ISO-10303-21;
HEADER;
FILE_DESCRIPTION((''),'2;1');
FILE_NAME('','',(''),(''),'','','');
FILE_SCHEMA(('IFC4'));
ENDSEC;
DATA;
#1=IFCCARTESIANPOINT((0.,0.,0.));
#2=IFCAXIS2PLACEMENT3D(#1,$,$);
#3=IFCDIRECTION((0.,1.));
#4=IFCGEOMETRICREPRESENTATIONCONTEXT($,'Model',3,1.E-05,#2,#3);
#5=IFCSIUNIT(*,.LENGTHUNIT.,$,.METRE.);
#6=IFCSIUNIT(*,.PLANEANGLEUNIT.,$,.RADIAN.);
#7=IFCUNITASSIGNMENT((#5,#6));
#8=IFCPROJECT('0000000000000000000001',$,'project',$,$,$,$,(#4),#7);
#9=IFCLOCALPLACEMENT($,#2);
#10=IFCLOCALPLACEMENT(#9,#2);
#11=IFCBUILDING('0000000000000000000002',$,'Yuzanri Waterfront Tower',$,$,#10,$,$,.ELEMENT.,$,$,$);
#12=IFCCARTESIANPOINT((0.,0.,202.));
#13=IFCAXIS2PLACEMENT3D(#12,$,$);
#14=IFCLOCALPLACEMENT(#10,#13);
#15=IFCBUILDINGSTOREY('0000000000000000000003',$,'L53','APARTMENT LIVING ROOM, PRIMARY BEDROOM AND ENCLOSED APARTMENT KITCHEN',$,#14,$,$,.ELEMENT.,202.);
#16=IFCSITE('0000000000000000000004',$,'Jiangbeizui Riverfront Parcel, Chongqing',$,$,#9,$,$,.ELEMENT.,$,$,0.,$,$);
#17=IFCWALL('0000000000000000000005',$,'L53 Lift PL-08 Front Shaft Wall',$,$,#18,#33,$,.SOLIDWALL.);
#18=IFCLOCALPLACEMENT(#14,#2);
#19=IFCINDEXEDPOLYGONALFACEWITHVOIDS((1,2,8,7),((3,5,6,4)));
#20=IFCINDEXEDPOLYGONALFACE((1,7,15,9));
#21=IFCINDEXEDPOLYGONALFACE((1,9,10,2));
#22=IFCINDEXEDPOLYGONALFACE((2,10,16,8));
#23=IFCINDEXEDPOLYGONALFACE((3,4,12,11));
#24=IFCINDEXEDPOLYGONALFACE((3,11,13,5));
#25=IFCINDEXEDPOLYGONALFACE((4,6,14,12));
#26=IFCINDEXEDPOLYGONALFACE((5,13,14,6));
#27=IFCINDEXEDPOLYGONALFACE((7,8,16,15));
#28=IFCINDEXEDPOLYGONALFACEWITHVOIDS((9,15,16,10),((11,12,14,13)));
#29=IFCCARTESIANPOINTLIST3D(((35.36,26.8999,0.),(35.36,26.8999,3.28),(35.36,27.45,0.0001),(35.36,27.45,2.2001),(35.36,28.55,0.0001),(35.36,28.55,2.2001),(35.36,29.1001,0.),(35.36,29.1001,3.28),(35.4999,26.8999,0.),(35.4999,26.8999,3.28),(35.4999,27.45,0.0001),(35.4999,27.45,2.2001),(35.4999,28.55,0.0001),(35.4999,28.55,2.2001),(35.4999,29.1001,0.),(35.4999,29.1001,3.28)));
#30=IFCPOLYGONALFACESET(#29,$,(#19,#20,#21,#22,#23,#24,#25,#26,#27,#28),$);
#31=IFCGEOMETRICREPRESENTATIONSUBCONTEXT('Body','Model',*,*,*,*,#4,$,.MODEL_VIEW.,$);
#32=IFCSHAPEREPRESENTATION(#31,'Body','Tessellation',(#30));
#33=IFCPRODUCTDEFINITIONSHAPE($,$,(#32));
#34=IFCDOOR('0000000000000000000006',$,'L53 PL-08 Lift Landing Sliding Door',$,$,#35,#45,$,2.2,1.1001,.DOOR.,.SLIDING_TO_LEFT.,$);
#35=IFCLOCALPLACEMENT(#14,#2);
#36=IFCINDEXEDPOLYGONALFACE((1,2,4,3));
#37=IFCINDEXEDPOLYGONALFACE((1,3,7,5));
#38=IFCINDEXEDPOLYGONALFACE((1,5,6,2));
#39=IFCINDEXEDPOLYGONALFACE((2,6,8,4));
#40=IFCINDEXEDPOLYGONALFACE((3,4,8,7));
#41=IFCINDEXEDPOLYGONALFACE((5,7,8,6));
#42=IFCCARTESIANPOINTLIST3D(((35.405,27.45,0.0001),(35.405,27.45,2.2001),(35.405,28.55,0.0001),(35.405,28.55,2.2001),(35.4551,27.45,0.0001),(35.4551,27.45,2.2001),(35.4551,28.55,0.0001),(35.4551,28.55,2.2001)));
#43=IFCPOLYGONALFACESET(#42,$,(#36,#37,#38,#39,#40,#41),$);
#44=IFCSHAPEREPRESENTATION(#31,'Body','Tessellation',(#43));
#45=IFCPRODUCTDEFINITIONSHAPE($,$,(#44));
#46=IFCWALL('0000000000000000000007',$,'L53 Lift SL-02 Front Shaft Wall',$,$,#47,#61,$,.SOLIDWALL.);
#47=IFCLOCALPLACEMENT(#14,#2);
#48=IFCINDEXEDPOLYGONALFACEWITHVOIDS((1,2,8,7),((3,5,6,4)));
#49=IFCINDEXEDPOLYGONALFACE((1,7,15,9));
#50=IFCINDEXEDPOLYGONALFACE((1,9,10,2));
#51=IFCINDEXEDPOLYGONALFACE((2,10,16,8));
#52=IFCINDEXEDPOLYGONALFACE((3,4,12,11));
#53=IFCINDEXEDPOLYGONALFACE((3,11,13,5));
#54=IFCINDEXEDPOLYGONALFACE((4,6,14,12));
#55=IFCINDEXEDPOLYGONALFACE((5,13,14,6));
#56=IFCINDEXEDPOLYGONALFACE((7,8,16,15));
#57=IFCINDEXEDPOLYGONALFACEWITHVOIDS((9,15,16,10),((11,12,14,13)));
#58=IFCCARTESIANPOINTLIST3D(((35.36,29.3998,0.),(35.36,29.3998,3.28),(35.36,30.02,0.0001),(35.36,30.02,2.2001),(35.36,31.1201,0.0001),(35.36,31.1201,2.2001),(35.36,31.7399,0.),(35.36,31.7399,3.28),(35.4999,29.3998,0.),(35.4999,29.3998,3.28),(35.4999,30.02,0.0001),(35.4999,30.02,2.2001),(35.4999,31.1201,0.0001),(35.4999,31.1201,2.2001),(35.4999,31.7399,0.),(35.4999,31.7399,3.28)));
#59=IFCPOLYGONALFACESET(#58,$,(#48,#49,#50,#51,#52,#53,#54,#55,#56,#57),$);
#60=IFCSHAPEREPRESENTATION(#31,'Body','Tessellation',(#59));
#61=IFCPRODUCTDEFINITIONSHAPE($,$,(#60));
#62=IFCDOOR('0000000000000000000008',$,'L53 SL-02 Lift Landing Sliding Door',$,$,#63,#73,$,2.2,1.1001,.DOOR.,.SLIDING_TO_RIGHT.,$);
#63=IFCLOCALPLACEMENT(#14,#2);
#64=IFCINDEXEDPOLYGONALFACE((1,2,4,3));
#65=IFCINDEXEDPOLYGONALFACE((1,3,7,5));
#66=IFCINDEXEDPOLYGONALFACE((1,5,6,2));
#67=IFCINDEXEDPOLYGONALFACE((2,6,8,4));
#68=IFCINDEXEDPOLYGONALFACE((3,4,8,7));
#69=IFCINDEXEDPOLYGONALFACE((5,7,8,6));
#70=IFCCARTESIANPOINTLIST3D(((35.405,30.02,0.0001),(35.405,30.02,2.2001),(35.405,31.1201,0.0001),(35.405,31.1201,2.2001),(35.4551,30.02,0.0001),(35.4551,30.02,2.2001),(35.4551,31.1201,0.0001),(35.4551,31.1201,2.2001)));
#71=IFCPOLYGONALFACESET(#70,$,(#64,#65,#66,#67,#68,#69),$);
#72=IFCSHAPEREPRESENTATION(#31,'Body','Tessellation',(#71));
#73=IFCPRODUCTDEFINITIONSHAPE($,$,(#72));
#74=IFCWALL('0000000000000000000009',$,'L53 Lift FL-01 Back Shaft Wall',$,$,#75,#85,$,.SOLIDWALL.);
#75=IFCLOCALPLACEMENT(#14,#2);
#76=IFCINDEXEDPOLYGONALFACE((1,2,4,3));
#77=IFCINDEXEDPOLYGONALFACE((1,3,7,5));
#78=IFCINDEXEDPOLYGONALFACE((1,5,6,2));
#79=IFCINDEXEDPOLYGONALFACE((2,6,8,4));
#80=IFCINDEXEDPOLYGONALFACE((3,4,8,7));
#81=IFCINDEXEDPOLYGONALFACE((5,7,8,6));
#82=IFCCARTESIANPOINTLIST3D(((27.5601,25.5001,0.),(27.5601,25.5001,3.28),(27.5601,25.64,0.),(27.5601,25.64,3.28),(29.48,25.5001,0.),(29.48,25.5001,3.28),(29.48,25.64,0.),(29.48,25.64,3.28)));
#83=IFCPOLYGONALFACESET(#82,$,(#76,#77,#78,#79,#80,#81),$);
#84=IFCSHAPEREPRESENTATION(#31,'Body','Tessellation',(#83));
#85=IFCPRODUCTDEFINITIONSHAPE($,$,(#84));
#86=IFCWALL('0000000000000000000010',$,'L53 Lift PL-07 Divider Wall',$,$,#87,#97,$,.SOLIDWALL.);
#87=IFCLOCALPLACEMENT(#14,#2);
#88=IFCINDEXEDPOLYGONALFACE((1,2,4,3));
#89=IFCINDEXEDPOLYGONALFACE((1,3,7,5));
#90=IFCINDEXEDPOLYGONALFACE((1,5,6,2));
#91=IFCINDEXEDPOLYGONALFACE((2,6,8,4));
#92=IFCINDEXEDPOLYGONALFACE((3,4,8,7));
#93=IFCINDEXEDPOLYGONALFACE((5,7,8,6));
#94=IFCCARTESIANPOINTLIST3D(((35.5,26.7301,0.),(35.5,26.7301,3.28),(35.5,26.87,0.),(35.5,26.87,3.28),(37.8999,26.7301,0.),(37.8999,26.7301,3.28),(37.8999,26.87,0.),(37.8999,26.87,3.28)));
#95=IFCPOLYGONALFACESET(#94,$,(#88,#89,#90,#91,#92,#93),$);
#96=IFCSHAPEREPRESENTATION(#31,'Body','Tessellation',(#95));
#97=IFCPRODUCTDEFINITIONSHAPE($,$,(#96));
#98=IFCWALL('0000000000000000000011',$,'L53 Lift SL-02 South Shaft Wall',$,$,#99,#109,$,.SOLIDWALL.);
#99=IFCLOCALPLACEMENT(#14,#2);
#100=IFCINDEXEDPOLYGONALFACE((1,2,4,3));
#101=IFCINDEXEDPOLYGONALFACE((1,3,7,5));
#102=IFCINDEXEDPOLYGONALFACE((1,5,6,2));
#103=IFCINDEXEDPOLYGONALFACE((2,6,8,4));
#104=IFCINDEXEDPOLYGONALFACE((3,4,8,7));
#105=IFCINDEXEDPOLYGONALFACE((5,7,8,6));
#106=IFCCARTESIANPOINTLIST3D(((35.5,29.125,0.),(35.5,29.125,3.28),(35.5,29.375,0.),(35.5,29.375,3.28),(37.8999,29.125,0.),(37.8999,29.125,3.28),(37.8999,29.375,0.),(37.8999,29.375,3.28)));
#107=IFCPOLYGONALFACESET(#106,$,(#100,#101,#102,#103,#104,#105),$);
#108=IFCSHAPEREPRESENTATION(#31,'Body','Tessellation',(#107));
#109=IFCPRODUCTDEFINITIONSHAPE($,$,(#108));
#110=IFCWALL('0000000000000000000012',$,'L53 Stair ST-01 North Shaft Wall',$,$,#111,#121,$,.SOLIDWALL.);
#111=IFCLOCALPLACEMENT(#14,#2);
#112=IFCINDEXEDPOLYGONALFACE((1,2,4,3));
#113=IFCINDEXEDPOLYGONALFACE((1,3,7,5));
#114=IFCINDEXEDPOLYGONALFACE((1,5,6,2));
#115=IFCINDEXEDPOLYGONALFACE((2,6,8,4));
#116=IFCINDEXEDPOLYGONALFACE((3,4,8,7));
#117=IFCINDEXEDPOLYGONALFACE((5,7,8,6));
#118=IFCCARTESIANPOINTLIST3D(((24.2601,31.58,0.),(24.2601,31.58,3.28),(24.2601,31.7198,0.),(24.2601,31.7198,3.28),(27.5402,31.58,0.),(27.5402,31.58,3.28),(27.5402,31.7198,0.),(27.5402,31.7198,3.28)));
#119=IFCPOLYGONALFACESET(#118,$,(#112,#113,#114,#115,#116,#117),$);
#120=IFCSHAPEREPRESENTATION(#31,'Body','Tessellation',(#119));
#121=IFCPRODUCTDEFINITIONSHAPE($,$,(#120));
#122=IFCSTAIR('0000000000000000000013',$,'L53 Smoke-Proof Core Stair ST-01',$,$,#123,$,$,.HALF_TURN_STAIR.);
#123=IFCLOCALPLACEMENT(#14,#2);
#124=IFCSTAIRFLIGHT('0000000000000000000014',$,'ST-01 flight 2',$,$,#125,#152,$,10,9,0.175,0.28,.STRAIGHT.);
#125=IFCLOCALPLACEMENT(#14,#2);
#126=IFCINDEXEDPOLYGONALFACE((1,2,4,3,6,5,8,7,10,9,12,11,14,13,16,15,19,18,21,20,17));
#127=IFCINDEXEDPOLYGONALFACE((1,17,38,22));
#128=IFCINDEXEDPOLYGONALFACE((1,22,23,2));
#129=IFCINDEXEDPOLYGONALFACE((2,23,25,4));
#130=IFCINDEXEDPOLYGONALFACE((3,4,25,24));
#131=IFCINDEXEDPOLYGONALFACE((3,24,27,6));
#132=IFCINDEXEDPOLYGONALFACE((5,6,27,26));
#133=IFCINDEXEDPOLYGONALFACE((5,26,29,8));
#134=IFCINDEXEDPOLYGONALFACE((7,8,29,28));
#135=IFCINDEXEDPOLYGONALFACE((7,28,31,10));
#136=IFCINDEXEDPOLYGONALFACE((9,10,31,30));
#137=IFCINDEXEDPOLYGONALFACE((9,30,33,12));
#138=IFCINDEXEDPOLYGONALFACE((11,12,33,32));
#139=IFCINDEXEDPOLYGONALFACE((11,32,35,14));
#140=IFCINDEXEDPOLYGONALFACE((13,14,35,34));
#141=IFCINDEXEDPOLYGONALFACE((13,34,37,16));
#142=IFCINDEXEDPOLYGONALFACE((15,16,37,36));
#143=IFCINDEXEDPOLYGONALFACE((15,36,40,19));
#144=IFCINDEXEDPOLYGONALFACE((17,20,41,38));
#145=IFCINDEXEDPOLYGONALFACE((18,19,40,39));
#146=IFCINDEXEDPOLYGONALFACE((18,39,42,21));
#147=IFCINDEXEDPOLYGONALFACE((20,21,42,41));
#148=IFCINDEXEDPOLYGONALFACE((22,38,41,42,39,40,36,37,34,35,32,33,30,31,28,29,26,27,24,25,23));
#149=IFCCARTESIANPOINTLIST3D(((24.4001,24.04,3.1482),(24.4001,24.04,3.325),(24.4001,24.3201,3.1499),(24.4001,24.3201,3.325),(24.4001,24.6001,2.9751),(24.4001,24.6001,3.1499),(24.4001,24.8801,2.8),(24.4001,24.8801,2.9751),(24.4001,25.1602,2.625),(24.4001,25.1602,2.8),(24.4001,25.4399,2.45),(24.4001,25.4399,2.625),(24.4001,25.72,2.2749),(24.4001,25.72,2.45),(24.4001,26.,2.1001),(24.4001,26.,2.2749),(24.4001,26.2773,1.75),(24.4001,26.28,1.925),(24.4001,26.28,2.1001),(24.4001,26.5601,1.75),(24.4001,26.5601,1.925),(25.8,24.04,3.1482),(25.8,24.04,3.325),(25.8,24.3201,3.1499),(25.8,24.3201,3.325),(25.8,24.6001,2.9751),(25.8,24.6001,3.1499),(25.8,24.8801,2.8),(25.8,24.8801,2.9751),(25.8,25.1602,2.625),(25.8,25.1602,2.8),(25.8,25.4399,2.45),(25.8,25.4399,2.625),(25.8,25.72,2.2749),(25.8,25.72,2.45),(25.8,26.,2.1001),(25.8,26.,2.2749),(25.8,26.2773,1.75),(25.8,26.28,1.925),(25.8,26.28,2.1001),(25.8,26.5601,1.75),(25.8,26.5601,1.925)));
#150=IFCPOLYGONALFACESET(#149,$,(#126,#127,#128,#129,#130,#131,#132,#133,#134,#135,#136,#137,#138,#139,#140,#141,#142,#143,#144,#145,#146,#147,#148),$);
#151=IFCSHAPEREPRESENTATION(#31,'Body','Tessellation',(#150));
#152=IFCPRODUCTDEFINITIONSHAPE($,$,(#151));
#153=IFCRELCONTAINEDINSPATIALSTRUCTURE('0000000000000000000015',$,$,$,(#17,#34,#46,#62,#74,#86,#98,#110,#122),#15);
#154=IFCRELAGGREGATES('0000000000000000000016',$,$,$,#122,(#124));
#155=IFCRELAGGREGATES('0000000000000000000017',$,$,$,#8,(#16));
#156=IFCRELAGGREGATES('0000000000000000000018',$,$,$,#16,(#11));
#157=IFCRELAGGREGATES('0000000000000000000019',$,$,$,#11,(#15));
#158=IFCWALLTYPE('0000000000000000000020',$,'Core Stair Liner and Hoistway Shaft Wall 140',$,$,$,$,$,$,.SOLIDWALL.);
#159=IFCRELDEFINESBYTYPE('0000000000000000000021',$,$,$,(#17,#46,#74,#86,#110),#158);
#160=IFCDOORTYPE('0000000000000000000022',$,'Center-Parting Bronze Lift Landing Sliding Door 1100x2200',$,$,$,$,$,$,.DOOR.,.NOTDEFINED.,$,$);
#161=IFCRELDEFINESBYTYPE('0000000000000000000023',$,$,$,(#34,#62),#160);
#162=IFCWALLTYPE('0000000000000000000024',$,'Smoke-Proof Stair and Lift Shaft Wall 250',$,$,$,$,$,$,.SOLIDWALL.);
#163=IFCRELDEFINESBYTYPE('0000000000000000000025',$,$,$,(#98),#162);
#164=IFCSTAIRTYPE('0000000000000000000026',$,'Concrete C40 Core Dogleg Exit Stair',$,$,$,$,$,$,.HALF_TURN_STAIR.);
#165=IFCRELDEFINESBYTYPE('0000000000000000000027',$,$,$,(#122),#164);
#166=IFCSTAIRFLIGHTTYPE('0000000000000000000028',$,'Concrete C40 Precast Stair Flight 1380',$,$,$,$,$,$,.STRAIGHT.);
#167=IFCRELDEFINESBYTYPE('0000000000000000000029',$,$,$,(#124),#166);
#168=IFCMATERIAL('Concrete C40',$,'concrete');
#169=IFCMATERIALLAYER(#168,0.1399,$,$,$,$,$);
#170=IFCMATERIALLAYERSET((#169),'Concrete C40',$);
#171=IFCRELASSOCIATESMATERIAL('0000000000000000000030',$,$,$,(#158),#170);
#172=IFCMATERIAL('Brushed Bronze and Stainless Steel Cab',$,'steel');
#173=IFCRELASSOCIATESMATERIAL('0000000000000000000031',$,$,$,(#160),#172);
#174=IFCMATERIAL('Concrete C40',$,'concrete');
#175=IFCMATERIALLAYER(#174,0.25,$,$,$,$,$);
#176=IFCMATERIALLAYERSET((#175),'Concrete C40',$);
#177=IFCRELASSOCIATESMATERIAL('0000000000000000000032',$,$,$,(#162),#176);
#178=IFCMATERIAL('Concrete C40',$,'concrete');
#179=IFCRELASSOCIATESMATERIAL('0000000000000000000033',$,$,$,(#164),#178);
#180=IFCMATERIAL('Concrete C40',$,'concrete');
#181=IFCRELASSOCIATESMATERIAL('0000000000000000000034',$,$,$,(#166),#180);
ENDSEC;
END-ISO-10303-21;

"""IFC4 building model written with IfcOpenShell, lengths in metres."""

from ifc_helpers import new_model, si_unit, direction, frame, frame_2d, origin, place, context, subcontext, project, spatial, polyline, rectangle, outline, extrude, source, transform, mapped, material, layer, layer_set, type_object, element, fill, aggregate, save


model = new_model("IFC4")

# Units and contexts
model_context = context("Model", 3, precision=1e-05, world=origin(), true_north=direction((0.0, 1.0)))
body_context = subcontext(model_context, "Body", "Model", "MODEL_VIEW")
ifc_project = project(units=[si_unit("LENGTHUNIT", "METRE"), si_unit("PLANEANGLEUNIT", "RADIAN")], contexts=[model_context])

# Site, building, storey
site_placement = place(None, origin())
site = spatial("IfcSite", under=ifc_project, at=site_placement, Name="Jiangbeizui Riverfront Parcel, Chongqing", CompositionType="ELEMENT", RefElevation=0.0)
building_placement = place(site_placement, origin())
building = spatial("IfcBuilding", under=site, at=building_placement, Name="Yuzanri Waterfront Tower", CompositionType="ELEMENT")
storey_placement = place(building_placement, frame((0.0, 0.0, 202.0)))
storey = spatial("IfcBuildingStorey", under=building, at=storey_placement, Name="L53", Description="APARTMENT LIVING ROOM, PRIMARY BEDROOM AND ENCLOSED APARTMENT KITCHEN", CompositionType="ELEMENT", Elevation=202.0)

# Walls, openings, doors
ifc_material_1 = material(Name="Concrete C40", Category="concrete")
ifc_layer_1 = layer(ifc_material_1, 0.1399)
ifc_layer_set_1 = layer_set([ifc_layer_1], Name="Concrete C40")
wall_type_1 = type_object("IfcWallType", Name="Core Stair Liner and Hoistway Shaft Wall 140", PredefinedType="SOLIDWALL", material=ifc_layer_set_1)
wall_1_placement = place(storey_placement, frame((35.4299, 26.8999, 0.0), z_axis=(0.0, 0.0, 1.0), x_axis=(0.0, 1.0, 0.0)))
wall_1 = element("IfcWall", 1, at=wall_1_placement, inside=storey, type_object=wall_type_1, Name="L53 Lift PL-08 Front Shaft Wall", PredefinedType="SOLIDWALL", context=body_context, shape_type="SweptSolid", body=[
    extrude(rectangle(XDim=2.2002, YDim=0.1399, at=frame_2d((1.1001, 0.0))), origin(), (0.0, 0.0, 1.0), 3.28),
])
opening_1_placement = place(wall_1_placement, frame((0.55, 0.0, 0.0)))
opening_1 = element("IfcOpeningElement", 2, at=opening_1_placement, cuts=wall_1, PredefinedType="OPENING", context=body_context, shape_type="SweptSolid", body=[
    extrude(rectangle(XDim=1.1001, YDim=2.2, at=frame_2d((0.55, 1.1001))), frame((0.0, 0.085, 0.0), z_axis=(0.0, -1.0, 0.0), x_axis=(1.0, 0.0, 0.0)), (0.0, 0.0, 1.0), 0.1697),
])
ifc_material_2 = material(Name="Brushed Bronze and Stainless Steel Cab", Category="steel")
door_type_1 = type_object("IfcDoorType", Name="Center-Parting Bronze Lift Landing Sliding Door 1100x2200", OperationType="NOTDEFINED", PredefinedType="DOOR", material=ifc_material_2)
shared_shape_1 = source(origin(), body_context, "Body", "SweptSolid", [
    extrude(rectangle(XDim=1.1001, YDim=2.2, at=frame_2d((0.55, 1.1001))), frame((0.0, 0.0249, 0.0), z_axis=(0.0, -1.0, 0.0), x_axis=(1.0, 0.0, 0.0)), (0.0, 0.0, 1.0), 0.05),
])
door_1_placement = place(opening_1_placement, origin())
door_1 = element("IfcDoor", 3, at=door_1_placement, inside=storey, type_object=door_type_1, Name="L53 PL-08 Lift Landing Sliding Door", OperationType="SLIDING_TO_LEFT", OverallHeight=2.2, OverallWidth=1.1001, PredefinedType="DOOR", context=body_context, shape_type="MappedRepresentation", body=[
    mapped(shared_shape_1, transform((0.0, 0.0, 0.0), scale=1.0)),
])
fill(opening_1, door_1)
wall_2_placement = place(storey_placement, frame((35.4299, 29.3999, 0.0), z_axis=(0.0, 0.0, 1.0), x_axis=(0.0, 1.0, 0.0)))
wall_2 = element("IfcWall", 4, at=wall_2_placement, inside=storey, type_object=wall_type_1, Name="L53 Lift SL-02 Front Shaft Wall", PredefinedType="SOLIDWALL", context=body_context, shape_type="SweptSolid", body=[
    extrude(rectangle(XDim=2.3401, YDim=0.1399, at=frame_2d((1.1699, 0.0))), origin(), (0.0, 0.0, 1.0), 3.28),
])
opening_2_placement = place(wall_2_placement, frame((0.6201, 0.0, 0.0)))
opening_2 = element("IfcOpeningElement", 5, at=opening_2_placement, cuts=wall_2, PredefinedType="OPENING", context=body_context, shape_type="SweptSolid", body=[
    extrude(rectangle(XDim=1.1001, YDim=2.2, at=frame_2d((0.55, 1.1001))), frame((0.0, 0.085, 0.0), z_axis=(0.0, -1.0, 0.0), x_axis=(1.0, 0.0, 0.0)), (0.0, 0.0, 1.0), 0.1697),
])
door_2_placement = place(opening_2_placement, origin())
door_2 = element("IfcDoor", 6, at=door_2_placement, inside=storey, type_object=door_type_1, Name="L53 SL-02 Lift Landing Sliding Door", OperationType="SLIDING_TO_RIGHT", OverallHeight=2.2, OverallWidth=1.1001, PredefinedType="DOOR", context=body_context, shape_type="MappedRepresentation", body=[
    mapped(shared_shape_1, transform((0.0, 0.0, 0.0), scale=1.0)),
])
fill(opening_2, door_2)

# Walls
shared_shape_2 = source(origin(), body_context, "Body", "SweptSolid", [
    extrude(rectangle(XDim=1.9199, YDim=0.1399, at=frame_2d((0.96, 0.0))), origin(), (0.0, 0.0, 1.0), 3.28),
])
wall_3_placement = place(storey_placement, frame((27.5601, 25.5701, 0.0), z_axis=(0.0, 0.0, 1.0), x_axis=(1.0, 0.0, 0.0)))
element("IfcWall", 7, at=wall_3_placement, inside=storey, type_object=wall_type_1, Name="L53 Lift FL-01 Back Shaft Wall", PredefinedType="SOLIDWALL", context=body_context, shape_type="MappedRepresentation", body=[
    mapped(shared_shape_2, transform((0.0, 0.0, 0.0), scale=1.0)),
])
shared_shape_3 = source(origin(), body_context, "Body", "SweptSolid", [
    extrude(rectangle(XDim=2.3999, YDim=0.1399, at=frame_2d((1.2, 0.0))), origin(), (0.0, 0.0, 1.0), 3.28),
])
wall_4_placement = place(storey_placement, frame((35.5, 26.8, 0.0), z_axis=(0.0, 0.0, 1.0), x_axis=(1.0, 0.0, 0.0)))
element("IfcWall", 8, at=wall_4_placement, inside=storey, type_object=wall_type_1, Name="L53 Lift PL-07 Divider Wall", PredefinedType="SOLIDWALL", context=body_context, shape_type="MappedRepresentation", body=[
    mapped(shared_shape_3, transform((0.0, 0.0, 0.0), scale=1.0)),
])
ifc_material_3 = material(Name="Concrete C40", Category="concrete")
ifc_layer_2 = layer(ifc_material_3, 0.25)
ifc_layer_set_2 = layer_set([ifc_layer_2], Name="Concrete C40")
wall_type_2 = type_object("IfcWallType", Name="Smoke-Proof Stair and Lift Shaft Wall 250", PredefinedType="SOLIDWALL", material=ifc_layer_set_2)
shared_shape_4 = source(origin(), body_context, "Body", "SweptSolid", [
    extrude(rectangle(XDim=2.3999, YDim=0.25, at=frame_2d((1.2, 0.0))), origin(), (0.0, 0.0, 1.0), 3.28),
])
wall_5_placement = place(storey_placement, frame((35.5, 29.25, 0.0), z_axis=(0.0, 0.0, 1.0), x_axis=(1.0, 0.0, 0.0)))
element("IfcWall", 9, at=wall_5_placement, inside=storey, type_object=wall_type_2, Name="L53 Lift SL-02 South Shaft Wall", PredefinedType="SOLIDWALL", context=body_context, shape_type="MappedRepresentation", body=[
    mapped(shared_shape_4, transform((0.0, 0.0, 0.0), scale=1.0)),
])
shared_shape_5 = source(origin(), body_context, "Body", "SweptSolid", [
    extrude(rectangle(XDim=3.28, YDim=0.1399, at=frame_2d((1.6401, 0.0))), origin(), (0.0, 0.0, 1.0), 3.28),
])
wall_6_placement = place(storey_placement, frame((24.26, 31.6499, 0.0), z_axis=(0.0, 0.0, 1.0), x_axis=(1.0, 0.0, 0.0)))
element("IfcWall", 10, at=wall_6_placement, inside=storey, type_object=wall_type_1, Name="L53 Stair ST-01 North Shaft Wall", PredefinedType="SOLIDWALL", context=body_context, shape_type="MappedRepresentation", body=[
    mapped(shared_shape_5, transform((0.0, 0.0, 0.0), scale=1.0)),
])

# Stair, stair flight
ifc_material_4 = material(Name="Concrete C40", Category="concrete")
stair_type = type_object("IfcStairType", Name="Concrete C40 Core Dogleg Exit Stair", PredefinedType="HALF_TURN_STAIR", material=ifc_material_4)
stair_placement = place(storey_placement, origin())
stair = element("IfcStair", 11, at=stair_placement, inside=storey, type_object=stair_type, Name="L53 Smoke-Proof Core Stair ST-01", PredefinedType="HALF_TURN_STAIR")
ifc_material_5 = material(Name="Concrete C40", Category="concrete")
stair_flight_type = type_object("IfcStairFlightType", Name="Concrete C40 Precast Stair Flight 1380", PredefinedType="STRAIGHT", material=ifc_material_5)
shared_shape_6 = source(origin(), body_context, "Body", "SweptSolid", [
    extrude(outline(polyline([(0.0, 0.0), (0.0, 0.175), (0.28, 0.175), (0.28, 0.3501), (0.5601, 0.3501), (0.5601, 0.5249), (0.8401, 0.5249), (0.8401, 0.7), (1.1201, 0.7), (1.1201, 0.875), (1.3999, 0.875), (1.3999, 1.05), (1.6799, 1.05), (1.6799, 1.2251), (1.96, 1.2251), (1.96, 1.3999), (2.24, 1.3999), (2.24, 1.575), (2.52, 1.575), (2.52, 1.75), (2.52, 1.3982), (0.2827, 0.0), (0.0, 0.0)])), frame((0.0, 0.7, 0.0), z_axis=(0.0, -1.0, 0.0), x_axis=(1.0, 0.0, 0.0)), (0.0, 0.0, 1.0), 1.3999),
])
stair_flight_placement = place(storey_placement, frame((25.1001, 26.5601, 1.75), z_axis=(0.0, 0.0, 1.0), x_axis=(0.0, -1.0, 0.0)))
stair_flight = element("IfcStairFlight", 12, at=stair_flight_placement, type_object=stair_flight_type, Name="ST-01 flight 2", NumberOfRisers=10, NumberOfTreads=9, PredefinedType="STRAIGHT", RiserHeight=0.175, TreadLength=0.28, context=body_context, shape_type="MappedRepresentation", body=[
    mapped(shared_shape_6, transform((0.0, 0.0, 0.0), scale=1.0)),
])
aggregate(stair, [stair_flight])

save(model, "model.ifc")
